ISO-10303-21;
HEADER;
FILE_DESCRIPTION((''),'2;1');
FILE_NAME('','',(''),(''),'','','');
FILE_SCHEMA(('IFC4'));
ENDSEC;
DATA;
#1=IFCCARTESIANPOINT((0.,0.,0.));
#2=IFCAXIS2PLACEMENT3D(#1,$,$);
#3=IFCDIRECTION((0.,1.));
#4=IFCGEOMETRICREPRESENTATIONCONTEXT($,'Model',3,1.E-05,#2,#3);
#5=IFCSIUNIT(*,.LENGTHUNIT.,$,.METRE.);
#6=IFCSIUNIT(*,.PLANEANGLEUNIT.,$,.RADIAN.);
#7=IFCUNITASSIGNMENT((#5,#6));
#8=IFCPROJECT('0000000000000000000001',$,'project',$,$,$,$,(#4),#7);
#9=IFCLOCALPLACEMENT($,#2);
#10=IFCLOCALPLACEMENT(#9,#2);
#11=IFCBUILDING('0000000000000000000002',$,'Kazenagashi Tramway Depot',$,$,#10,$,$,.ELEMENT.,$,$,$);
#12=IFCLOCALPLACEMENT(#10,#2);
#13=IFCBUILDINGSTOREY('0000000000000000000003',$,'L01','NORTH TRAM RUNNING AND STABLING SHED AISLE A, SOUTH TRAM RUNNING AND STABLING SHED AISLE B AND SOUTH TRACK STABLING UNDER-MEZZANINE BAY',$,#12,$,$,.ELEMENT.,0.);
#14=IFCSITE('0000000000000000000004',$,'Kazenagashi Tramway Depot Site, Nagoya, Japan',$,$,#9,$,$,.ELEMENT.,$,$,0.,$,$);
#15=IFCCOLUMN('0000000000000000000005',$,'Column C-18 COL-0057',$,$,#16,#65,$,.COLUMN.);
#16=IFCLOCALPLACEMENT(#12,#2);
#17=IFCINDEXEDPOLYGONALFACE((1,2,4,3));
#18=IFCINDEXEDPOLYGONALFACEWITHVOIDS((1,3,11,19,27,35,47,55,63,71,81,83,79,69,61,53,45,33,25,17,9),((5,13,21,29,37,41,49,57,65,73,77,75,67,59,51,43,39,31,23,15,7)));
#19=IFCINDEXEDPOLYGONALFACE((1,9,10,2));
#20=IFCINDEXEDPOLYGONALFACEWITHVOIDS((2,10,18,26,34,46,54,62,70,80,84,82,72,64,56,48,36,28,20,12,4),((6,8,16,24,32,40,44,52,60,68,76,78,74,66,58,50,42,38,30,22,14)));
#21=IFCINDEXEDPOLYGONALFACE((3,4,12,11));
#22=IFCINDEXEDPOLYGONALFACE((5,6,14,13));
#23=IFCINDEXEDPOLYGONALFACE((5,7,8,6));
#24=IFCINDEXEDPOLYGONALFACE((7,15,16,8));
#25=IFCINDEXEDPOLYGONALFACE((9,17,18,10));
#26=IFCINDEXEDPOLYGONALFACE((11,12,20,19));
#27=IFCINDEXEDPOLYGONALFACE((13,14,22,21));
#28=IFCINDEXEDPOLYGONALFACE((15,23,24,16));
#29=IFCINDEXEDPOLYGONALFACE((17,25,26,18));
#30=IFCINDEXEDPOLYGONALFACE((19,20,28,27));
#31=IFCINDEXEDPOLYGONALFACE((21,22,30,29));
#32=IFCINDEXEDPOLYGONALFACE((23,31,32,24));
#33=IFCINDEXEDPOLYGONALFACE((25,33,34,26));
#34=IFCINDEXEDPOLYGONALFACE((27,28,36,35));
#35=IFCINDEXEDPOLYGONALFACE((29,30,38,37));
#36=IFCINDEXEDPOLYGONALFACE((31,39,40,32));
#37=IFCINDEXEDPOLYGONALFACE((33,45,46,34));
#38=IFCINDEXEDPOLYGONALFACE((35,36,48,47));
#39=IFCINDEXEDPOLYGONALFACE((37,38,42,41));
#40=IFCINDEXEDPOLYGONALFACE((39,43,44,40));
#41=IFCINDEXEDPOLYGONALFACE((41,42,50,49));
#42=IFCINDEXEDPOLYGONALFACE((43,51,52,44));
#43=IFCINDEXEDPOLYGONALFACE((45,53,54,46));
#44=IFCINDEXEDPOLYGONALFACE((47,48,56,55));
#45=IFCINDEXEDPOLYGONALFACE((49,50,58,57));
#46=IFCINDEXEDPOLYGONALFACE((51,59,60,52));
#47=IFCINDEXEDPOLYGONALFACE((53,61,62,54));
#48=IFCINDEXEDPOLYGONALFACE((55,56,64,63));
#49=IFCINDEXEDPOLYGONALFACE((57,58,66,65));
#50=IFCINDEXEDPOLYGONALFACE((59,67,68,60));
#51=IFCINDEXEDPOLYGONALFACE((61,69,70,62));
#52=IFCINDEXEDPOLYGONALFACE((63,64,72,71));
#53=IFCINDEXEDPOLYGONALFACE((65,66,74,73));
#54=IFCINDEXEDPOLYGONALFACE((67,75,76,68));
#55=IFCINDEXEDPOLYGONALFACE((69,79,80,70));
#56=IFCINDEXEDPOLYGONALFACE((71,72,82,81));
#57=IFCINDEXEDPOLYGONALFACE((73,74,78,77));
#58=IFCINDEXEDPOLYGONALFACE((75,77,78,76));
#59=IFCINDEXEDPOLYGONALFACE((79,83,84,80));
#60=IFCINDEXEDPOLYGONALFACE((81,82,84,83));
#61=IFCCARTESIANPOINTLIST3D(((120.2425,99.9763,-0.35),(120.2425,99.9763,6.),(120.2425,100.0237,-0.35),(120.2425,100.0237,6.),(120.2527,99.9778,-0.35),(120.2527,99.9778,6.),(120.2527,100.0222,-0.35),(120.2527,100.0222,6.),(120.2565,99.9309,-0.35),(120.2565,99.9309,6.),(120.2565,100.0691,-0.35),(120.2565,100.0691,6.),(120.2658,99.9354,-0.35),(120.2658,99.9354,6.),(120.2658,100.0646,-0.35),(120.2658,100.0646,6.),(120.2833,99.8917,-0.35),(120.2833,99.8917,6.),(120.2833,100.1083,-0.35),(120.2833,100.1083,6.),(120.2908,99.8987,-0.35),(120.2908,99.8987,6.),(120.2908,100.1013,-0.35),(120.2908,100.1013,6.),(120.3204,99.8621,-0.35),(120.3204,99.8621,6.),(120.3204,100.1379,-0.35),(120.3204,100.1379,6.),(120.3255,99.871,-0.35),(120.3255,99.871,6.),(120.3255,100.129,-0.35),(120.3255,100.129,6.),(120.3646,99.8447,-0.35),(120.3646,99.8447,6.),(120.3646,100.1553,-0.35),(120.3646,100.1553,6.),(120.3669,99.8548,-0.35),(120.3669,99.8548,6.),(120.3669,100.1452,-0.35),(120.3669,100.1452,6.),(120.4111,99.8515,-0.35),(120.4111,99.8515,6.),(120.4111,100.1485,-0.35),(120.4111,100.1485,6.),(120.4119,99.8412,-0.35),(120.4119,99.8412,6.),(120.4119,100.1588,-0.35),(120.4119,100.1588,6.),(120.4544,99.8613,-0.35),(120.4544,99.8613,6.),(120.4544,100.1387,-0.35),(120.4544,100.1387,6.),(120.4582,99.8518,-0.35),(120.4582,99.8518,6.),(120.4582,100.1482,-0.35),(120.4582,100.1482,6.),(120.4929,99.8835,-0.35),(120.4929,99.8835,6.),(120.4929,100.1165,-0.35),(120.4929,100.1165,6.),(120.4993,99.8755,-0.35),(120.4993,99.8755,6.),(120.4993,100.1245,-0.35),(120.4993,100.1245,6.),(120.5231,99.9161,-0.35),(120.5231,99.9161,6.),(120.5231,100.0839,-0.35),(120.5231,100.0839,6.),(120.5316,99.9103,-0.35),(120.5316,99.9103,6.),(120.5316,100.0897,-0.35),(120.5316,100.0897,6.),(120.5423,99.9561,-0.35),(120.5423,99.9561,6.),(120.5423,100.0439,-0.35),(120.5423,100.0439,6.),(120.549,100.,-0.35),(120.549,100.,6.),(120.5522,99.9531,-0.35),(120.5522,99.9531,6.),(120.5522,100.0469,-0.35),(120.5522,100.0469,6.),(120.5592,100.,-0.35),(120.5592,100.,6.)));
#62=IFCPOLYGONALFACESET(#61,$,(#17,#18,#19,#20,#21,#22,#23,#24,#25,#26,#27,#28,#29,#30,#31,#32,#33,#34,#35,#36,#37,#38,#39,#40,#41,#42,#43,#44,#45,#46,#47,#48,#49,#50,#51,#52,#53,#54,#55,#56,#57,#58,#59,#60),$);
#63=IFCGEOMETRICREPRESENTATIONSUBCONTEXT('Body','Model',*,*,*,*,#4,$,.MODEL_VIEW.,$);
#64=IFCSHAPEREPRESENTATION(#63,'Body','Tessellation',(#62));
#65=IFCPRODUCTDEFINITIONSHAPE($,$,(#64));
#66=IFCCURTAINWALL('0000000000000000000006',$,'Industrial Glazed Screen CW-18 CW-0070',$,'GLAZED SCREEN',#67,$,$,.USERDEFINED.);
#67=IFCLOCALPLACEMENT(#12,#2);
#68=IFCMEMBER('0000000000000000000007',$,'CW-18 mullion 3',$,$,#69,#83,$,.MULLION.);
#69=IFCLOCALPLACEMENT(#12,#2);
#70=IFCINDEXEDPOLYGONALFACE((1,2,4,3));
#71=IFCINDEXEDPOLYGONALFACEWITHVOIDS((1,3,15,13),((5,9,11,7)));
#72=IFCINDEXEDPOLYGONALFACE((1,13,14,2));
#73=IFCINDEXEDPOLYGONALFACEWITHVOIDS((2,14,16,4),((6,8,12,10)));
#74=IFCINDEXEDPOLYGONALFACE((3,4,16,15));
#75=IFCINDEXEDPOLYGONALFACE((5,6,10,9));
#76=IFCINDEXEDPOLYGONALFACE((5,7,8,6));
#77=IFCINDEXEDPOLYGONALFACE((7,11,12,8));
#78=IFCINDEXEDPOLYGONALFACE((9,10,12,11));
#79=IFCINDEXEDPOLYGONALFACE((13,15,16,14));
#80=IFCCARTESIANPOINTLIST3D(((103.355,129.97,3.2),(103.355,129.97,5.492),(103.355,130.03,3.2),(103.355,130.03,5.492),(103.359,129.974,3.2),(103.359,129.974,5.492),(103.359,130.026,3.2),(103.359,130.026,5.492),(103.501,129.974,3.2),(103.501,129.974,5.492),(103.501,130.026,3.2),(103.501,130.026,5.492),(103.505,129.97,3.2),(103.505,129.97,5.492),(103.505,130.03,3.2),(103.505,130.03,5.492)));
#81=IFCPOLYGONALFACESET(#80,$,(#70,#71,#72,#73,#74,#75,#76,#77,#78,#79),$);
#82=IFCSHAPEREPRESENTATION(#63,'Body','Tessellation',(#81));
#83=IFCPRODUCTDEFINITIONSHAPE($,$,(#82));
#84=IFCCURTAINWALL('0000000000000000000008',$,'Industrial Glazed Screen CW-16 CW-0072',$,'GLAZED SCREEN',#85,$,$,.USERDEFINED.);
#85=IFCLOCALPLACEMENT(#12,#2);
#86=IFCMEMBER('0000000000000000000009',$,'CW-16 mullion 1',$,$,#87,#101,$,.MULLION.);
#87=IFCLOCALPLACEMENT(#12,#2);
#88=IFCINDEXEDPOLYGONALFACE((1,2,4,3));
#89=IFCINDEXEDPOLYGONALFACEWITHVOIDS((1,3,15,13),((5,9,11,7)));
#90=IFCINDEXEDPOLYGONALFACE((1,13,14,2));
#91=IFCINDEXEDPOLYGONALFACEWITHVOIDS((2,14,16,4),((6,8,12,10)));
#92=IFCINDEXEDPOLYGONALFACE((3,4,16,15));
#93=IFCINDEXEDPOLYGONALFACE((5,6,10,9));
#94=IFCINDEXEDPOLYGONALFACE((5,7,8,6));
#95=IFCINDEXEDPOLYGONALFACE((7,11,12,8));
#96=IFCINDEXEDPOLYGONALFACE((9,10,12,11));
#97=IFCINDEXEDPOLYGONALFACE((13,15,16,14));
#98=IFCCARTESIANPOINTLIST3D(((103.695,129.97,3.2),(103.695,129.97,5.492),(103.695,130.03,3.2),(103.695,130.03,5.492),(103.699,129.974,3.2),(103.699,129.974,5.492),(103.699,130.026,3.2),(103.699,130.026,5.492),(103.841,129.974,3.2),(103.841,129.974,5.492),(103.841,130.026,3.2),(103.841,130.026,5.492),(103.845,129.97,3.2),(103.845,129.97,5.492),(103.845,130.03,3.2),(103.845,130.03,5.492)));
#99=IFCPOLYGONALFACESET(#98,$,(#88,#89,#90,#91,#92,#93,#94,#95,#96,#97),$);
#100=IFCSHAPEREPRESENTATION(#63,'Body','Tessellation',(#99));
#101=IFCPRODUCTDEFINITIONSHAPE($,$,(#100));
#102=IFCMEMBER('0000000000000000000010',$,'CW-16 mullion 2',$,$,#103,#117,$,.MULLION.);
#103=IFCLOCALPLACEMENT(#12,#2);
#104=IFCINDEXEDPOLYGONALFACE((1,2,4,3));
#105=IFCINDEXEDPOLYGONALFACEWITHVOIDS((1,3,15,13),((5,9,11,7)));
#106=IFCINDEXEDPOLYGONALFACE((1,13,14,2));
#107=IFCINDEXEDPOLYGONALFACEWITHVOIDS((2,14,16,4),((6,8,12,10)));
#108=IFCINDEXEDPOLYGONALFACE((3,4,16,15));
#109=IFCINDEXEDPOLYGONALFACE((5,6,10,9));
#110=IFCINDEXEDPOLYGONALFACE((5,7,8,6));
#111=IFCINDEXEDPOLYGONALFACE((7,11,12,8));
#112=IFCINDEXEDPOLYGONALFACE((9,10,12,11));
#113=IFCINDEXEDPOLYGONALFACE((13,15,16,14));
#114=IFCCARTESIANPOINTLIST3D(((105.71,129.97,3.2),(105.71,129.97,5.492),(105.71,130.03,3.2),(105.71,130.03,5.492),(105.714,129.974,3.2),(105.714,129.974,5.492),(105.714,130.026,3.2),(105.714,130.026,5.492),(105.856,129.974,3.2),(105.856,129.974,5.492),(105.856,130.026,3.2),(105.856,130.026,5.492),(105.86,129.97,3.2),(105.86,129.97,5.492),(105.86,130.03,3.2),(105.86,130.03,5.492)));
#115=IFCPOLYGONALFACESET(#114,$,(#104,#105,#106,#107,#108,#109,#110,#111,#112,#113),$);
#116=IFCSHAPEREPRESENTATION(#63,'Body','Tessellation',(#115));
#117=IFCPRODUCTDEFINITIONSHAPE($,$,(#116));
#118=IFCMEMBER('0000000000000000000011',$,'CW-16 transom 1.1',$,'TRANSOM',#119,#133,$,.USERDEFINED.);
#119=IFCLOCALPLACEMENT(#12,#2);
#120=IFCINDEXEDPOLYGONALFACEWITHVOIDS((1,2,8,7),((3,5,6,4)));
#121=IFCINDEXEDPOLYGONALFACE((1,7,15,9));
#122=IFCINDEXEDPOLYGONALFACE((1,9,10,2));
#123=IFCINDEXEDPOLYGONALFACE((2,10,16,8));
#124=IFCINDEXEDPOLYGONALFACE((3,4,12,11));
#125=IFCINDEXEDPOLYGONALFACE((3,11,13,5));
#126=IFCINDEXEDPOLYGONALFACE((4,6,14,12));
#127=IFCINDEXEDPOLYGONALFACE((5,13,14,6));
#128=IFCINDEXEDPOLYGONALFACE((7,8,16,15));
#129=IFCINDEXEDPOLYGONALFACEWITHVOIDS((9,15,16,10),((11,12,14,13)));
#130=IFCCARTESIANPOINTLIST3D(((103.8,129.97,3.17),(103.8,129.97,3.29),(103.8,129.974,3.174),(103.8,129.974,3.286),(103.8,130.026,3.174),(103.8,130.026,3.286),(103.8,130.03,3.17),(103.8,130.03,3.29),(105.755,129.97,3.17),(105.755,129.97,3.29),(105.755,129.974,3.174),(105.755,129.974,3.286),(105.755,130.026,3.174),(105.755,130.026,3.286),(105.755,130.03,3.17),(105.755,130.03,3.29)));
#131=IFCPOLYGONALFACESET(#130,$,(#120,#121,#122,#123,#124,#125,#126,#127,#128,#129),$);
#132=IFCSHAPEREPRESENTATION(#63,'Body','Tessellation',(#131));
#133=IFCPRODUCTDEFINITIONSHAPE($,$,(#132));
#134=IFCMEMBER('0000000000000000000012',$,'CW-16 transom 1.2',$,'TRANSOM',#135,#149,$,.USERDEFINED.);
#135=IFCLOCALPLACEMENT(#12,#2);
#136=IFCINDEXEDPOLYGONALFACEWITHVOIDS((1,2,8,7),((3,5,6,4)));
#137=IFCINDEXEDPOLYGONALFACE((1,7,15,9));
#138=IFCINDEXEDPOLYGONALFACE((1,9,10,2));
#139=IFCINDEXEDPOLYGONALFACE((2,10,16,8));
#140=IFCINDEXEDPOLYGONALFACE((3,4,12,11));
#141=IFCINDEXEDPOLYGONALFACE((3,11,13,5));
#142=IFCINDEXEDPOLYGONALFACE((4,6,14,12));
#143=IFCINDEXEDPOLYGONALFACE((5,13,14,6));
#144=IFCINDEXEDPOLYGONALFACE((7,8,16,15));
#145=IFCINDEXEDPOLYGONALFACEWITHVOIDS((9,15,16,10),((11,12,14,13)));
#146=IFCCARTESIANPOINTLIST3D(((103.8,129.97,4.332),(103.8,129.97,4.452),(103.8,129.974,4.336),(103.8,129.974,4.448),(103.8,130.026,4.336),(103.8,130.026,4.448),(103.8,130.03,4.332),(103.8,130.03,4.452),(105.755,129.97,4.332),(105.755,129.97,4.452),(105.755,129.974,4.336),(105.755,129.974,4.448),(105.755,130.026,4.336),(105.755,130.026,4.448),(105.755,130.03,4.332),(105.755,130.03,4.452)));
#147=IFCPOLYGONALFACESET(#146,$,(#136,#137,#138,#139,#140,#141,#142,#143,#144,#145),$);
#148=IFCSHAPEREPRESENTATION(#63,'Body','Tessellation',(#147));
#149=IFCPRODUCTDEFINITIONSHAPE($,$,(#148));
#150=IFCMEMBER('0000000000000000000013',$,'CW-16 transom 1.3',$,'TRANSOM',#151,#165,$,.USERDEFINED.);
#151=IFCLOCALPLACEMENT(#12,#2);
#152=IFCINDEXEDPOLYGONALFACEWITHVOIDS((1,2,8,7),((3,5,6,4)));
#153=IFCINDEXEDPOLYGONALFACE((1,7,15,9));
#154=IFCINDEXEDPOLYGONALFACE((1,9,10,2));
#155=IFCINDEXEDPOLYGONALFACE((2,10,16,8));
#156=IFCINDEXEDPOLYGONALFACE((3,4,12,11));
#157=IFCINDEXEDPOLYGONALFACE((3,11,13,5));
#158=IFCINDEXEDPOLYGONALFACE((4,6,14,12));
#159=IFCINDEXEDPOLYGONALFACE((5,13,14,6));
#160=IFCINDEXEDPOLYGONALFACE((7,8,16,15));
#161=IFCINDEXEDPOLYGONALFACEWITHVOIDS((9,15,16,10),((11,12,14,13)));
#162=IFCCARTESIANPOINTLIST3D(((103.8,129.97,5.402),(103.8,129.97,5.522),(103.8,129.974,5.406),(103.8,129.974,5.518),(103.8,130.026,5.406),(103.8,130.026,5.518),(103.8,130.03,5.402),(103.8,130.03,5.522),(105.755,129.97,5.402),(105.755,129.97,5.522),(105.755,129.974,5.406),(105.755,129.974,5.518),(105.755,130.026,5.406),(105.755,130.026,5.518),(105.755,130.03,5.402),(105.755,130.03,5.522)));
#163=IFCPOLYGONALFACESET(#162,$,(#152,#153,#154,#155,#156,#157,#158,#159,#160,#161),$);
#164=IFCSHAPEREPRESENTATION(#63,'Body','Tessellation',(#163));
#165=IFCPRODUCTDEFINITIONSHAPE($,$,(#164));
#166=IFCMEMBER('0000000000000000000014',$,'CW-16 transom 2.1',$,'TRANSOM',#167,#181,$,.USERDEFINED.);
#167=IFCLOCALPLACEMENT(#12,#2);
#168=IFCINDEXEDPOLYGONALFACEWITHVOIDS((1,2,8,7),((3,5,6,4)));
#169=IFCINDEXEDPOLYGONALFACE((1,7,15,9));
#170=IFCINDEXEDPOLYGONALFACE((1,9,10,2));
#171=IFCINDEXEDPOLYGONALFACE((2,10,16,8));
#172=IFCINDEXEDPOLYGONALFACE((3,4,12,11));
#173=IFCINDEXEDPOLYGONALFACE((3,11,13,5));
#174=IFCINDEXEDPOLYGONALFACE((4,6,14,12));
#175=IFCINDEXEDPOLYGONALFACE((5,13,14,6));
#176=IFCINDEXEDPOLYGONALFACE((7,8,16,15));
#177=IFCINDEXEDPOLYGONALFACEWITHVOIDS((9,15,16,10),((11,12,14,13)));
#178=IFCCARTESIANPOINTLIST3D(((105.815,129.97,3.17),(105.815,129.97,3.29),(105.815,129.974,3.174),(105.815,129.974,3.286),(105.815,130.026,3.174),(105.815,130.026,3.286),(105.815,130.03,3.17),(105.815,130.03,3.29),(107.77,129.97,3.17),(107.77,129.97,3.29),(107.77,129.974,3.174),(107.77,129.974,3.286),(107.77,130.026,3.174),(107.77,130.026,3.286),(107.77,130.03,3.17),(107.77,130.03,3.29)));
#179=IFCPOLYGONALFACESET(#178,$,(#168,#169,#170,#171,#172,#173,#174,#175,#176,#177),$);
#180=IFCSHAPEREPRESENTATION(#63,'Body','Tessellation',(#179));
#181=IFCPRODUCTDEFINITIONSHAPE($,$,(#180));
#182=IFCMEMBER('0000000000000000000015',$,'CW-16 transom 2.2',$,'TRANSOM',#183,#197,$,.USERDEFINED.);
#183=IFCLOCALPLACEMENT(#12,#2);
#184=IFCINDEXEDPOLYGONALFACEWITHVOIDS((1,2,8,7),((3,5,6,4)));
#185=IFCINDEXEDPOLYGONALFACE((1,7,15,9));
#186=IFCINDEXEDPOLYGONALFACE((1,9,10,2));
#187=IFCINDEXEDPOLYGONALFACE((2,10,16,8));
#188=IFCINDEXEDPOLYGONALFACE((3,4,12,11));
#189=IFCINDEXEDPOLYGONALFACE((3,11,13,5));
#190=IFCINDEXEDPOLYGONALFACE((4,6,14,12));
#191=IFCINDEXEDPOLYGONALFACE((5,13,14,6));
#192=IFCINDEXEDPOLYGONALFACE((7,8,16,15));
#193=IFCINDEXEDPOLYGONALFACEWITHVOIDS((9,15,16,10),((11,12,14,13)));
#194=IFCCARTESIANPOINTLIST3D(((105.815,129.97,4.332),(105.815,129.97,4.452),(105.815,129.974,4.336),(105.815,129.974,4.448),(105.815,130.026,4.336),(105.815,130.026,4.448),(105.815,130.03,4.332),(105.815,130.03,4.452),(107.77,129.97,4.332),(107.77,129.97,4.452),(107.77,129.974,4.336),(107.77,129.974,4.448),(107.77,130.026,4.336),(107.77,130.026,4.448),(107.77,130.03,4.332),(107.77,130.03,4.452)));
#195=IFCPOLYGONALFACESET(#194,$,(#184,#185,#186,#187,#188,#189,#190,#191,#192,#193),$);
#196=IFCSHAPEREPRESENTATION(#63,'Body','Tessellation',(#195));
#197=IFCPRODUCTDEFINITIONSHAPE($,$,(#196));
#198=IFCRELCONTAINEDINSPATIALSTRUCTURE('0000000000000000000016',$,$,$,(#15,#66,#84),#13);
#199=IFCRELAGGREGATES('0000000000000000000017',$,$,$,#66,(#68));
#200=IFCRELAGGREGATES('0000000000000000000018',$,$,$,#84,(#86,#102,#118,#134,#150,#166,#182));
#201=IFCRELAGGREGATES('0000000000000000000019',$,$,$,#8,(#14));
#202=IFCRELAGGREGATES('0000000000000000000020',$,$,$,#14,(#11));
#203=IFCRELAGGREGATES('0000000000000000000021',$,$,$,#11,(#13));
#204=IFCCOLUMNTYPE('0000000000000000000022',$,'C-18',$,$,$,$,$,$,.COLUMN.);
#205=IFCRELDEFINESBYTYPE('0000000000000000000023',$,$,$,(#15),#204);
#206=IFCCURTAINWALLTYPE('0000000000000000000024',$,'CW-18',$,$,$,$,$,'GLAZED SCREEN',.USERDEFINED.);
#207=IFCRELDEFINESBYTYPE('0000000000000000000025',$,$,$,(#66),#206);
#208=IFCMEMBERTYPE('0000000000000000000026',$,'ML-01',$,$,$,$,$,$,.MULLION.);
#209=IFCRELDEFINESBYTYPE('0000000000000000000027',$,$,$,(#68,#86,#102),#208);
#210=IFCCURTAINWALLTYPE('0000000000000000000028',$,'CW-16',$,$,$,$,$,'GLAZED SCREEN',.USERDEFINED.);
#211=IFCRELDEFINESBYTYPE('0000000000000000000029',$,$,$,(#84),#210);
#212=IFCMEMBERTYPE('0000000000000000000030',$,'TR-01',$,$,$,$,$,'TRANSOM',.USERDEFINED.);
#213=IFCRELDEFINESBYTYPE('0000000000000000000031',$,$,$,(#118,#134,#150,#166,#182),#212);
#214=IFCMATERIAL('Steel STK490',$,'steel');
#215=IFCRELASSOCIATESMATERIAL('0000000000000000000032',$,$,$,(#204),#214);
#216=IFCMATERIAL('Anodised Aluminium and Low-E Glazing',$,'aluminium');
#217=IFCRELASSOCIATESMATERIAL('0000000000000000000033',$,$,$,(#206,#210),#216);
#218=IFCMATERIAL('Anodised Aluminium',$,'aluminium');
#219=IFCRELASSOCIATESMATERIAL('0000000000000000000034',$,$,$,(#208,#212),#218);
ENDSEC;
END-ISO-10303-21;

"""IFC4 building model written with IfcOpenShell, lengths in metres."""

from ifc_helpers import new_model, si_unit, direction, frame, origin, origin_2d, place, context, subcontext, project, spatial, hollow_rectangle, hollow_circle, extrude, material, material_profile, profile_set, type_object, element, aggregate, save


model = new_model("IFC4")

# Units and contexts
model_context = context("Model", 3, precision=1e-05, world=origin(), true_north=direction((0.0, 1.0)))
body_context = subcontext(model_context, "Body", "Model", "MODEL_VIEW")
ifc_project = project(units=[si_unit("LENGTHUNIT", "METRE"), si_unit("PLANEANGLEUNIT", "RADIAN")], contexts=[model_context])

# Site, building, storey
site_placement = place(None, origin())
site = spatial("IfcSite", under=ifc_project, at=site_placement, Name="Kazenagashi Tramway Depot Site, Nagoya, Japan", CompositionType="ELEMENT", RefElevation=0.0)
building_placement = place(site_placement, origin())
building = spatial("IfcBuilding", under=site, at=building_placement, Name="Kazenagashi Tramway Depot", CompositionType="ELEMENT")
storey_placement = place(building_placement, origin())
storey = spatial("IfcBuildingStorey", under=building, at=storey_placement, Name="L01", Description="NORTH TRAM RUNNING AND STABLING SHED AISLE A, SOUTH TRAM RUNNING AND STABLING SHED AISLE B AND SOUTH TRACK STABLING UNDER-MEZZANINE BAY", CompositionType="ELEMENT", Elevation=0.0)

# Column
ifc_material_1 = material(Name="Steel STK490", Category="steel")
ifc_material_profile_1 = material_profile(ifc_material_1, hollow_circle(Radius=0.1593, WallThickness=0.0103, at=origin_2d()), Name="CHS-318.5x10.3")
ifc_profile_set_1 = profile_set([ifc_material_profile_1], Name="Steel STK490")
column_type_1 = type_object("IfcColumnType", Name="C-18", PredefinedType="COLUMN", material=ifc_profile_set_1)
for number, where, z_axis, x_axis, name in (
    (1, (120.4, 100.0, -0.35), (0.0, 0.0, 1.0), (1.0, 0.0, 0.0), "Column C-18 COL-0057"),
):
    element("IfcColumn", number, at=place(storey_placement, frame(where, z_axis=z_axis, x_axis=x_axis)), inside=storey, type_object=column_type_1, Name=name, PredefinedType="COLUMN", context=body_context, shape_type="SweptSolid", body=[
        extrude(hollow_circle(Radius=0.1593, WallThickness=0.0103, at=origin_2d()), origin(), (0.0, 0.0, 1.0), 6.35),
    ])

# Curtain wall, member
ifc_material_2 = material(Name="Anodised Aluminium and Low-E Glazing", Category="aluminium")
curtain_wall_type_1 = type_object("IfcCurtainWallType", Name="CW-18", ElementType="GLAZED SCREEN", PredefinedType="USERDEFINED", material=ifc_material_2)
curtain_wall_1_placement = place(storey_placement, origin())
curtain_wall_1 = element("IfcCurtainWall", 2, at=curtain_wall_1_placement, inside=storey, type_object=curtain_wall_type_1, Name="Industrial Glazed Screen CW-18 CW-0070", ObjectType="GLAZED SCREEN", PredefinedType="USERDEFINED")
ifc_material_3 = material(Name="Anodised Aluminium", Category="aluminium")
ifc_material_profile_2 = material_profile(ifc_material_3, hollow_rectangle(XDim=0.06, YDim=0.15, WallThickness=0.004, at=origin_2d()), Name="RHS-150x60x4")
ifc_profile_set_2 = profile_set([ifc_material_profile_2], Name="Anodised Aluminium")
member_type_1 = type_object("IfcMemberType", Name="ML-01", PredefinedType="MULLION", material=ifc_profile_set_2)
member_1_placement = place(storey_placement, frame((103.43, 130.0, 3.2), z_axis=(0.0, 0.0, 1.0), x_axis=(0.0, 1.0, 0.0)))
member_1 = element("IfcMember", 3, at=member_1_placement, type_object=member_type_1, Name="CW-18 mullion 3", PredefinedType="MULLION", context=body_context, shape_type="SweptSolid", body=[
    extrude(hollow_rectangle(XDim=0.06, YDim=0.15, WallThickness=0.004, at=origin_2d()), origin(), (0.0, 0.0, 1.0), 2.292),
])

# Curtain wall, members
curtain_wall_type_2 = type_object("IfcCurtainWallType", Name="CW-16", ElementType="GLAZED SCREEN", PredefinedType="USERDEFINED", material=ifc_material_2)
curtain_wall_2_placement = place(storey_placement, origin())
curtain_wall_2 = element("IfcCurtainWall", 4, at=curtain_wall_2_placement, inside=storey, type_object=curtain_wall_type_2, Name="Industrial Glazed Screen CW-16 CW-0072", ObjectType="GLAZED SCREEN", PredefinedType="USERDEFINED")
member_2_placement = place(storey_placement, frame((103.77, 130.0, 3.2), z_axis=(0.0, 0.0, 1.0), x_axis=(0.0, 1.0, 0.0)))
member_2 = element("IfcMember", 5, at=member_2_placement, type_object=member_type_1, Name="CW-16 mullion 1", PredefinedType="MULLION", context=body_context, shape_type="SweptSolid", body=[
    extrude(hollow_rectangle(XDim=0.06, YDim=0.15, WallThickness=0.004, at=origin_2d()), origin(), (0.0, 0.0, 1.0), 2.292),
])
member_3_placement = place(storey_placement, frame((105.785, 130.0, 3.2), z_axis=(0.0, 0.0, 1.0), x_axis=(0.0, 1.0, 0.0)))
member_3 = element("IfcMember", 6, at=member_3_placement, type_object=member_type_1, Name="CW-16 mullion 2", PredefinedType="MULLION", context=body_context, shape_type="SweptSolid", body=[
    extrude(hollow_rectangle(XDim=0.06, YDim=0.15, WallThickness=0.004, at=origin_2d()), origin(), (0.0, 0.0, 1.0), 2.292),
])
ifc_material_profile_3 = material_profile(ifc_material_3, hollow_rectangle(XDim=0.06, YDim=0.12, WallThickness=0.004, at=origin_2d()), Name="RHS-120x60x4")
ifc_profile_set_3 = profile_set([ifc_material_profile_3], Name="Anodised Aluminium")
member_type_2 = type_object("IfcMemberType", Name="TR-01", ElementType="TRANSOM", PredefinedType="USERDEFINED", material=ifc_profile_set_3)
member_4_placement = place(storey_placement, frame((103.8, 130.0, 3.23), z_axis=(1.0, 0.0, 0.0), x_axis=(0.0, 1.0, 0.0)))
member_4 = element("IfcMember", 7, at=member_4_placement, type_object=member_type_2, Name="CW-16 transom 1.1", ObjectType="TRANSOM", PredefinedType="USERDEFINED", context=body_context, shape_type="SweptSolid", body=[
    extrude(hollow_rectangle(XDim=0.06, YDim=0.12, WallThickness=0.004, at=origin_2d()), origin(), (0.0, 0.0, 1.0), 1.955),
])
member_5_placement = place(storey_placement, frame((103.8, 130.0, 4.392), z_axis=(1.0, 0.0, 0.0), x_axis=(0.0, 1.0, 0.0)))
member_5 = element("IfcMember", 8, at=member_5_placement, type_object=member_type_2, Name="CW-16 transom 1.2", ObjectType="TRANSOM", PredefinedType="USERDEFINED", context=body_context, shape_type="SweptSolid", body=[
    extrude(hollow_rectangle(XDim=0.06, YDim=0.12, WallThickness=0.004, at=origin_2d()), origin(), (0.0, 0.0, 1.0), 1.955),
])
member_6_placement = place(storey_placement, frame((103.8, 130.0, 5.462), z_axis=(1.0, 0.0, 0.0), x_axis=(0.0, 1.0, 0.0)))
member_6 = element("IfcMember", 9, at=member_6_placement, type_object=member_type_2, Name="CW-16 transom 1.3", ObjectType="TRANSOM", PredefinedType="USERDEFINED", context=body_context, shape_type="SweptSolid", body=[
    extrude(hollow_rectangle(XDim=0.06, YDim=0.12, WallThickness=0.004, at=origin_2d()), origin(), (0.0, 0.0, 1.0), 1.955),
])
member_7_placement = place(storey_placement, frame((105.815, 130.0, 3.23), z_axis=(1.0, 0.0, 0.0), x_axis=(0.0, 1.0, 0.0)))
member_7 = element("IfcMember", 10, at=member_7_placement, type_object=member_type_2, Name="CW-16 transom 2.1", ObjectType="TRANSOM", PredefinedType="USERDEFINED", context=body_context, shape_type="SweptSolid", body=[
    extrude(hollow_rectangle(XDim=0.06, YDim=0.12, WallThickness=0.004, at=origin_2d()), origin(), (0.0, 0.0, 1.0), 1.955),
])
member_8_placement = place(storey_placement, frame((105.815, 130.0, 4.392), z_axis=(1.0, 0.0, 0.0), x_axis=(0.0, 1.0, 0.0)))
member_8 = element("IfcMember", 11, at=member_8_placement, type_object=member_type_2, Name="CW-16 transom 2.2", ObjectType="TRANSOM", PredefinedType="USERDEFINED", context=body_context, shape_type="SweptSolid", body=[
    extrude(hollow_rectangle(XDim=0.06, YDim=0.12, WallThickness=0.004, at=origin_2d()), origin(), (0.0, 0.0, 1.0), 1.955),
])

aggregate(curtain_wall_1, [member_1])
aggregate(curtain_wall_2, [member_2, member_3, member_4, member_5, member_6, member_7, member_8])

save(model, "model.ifc")
